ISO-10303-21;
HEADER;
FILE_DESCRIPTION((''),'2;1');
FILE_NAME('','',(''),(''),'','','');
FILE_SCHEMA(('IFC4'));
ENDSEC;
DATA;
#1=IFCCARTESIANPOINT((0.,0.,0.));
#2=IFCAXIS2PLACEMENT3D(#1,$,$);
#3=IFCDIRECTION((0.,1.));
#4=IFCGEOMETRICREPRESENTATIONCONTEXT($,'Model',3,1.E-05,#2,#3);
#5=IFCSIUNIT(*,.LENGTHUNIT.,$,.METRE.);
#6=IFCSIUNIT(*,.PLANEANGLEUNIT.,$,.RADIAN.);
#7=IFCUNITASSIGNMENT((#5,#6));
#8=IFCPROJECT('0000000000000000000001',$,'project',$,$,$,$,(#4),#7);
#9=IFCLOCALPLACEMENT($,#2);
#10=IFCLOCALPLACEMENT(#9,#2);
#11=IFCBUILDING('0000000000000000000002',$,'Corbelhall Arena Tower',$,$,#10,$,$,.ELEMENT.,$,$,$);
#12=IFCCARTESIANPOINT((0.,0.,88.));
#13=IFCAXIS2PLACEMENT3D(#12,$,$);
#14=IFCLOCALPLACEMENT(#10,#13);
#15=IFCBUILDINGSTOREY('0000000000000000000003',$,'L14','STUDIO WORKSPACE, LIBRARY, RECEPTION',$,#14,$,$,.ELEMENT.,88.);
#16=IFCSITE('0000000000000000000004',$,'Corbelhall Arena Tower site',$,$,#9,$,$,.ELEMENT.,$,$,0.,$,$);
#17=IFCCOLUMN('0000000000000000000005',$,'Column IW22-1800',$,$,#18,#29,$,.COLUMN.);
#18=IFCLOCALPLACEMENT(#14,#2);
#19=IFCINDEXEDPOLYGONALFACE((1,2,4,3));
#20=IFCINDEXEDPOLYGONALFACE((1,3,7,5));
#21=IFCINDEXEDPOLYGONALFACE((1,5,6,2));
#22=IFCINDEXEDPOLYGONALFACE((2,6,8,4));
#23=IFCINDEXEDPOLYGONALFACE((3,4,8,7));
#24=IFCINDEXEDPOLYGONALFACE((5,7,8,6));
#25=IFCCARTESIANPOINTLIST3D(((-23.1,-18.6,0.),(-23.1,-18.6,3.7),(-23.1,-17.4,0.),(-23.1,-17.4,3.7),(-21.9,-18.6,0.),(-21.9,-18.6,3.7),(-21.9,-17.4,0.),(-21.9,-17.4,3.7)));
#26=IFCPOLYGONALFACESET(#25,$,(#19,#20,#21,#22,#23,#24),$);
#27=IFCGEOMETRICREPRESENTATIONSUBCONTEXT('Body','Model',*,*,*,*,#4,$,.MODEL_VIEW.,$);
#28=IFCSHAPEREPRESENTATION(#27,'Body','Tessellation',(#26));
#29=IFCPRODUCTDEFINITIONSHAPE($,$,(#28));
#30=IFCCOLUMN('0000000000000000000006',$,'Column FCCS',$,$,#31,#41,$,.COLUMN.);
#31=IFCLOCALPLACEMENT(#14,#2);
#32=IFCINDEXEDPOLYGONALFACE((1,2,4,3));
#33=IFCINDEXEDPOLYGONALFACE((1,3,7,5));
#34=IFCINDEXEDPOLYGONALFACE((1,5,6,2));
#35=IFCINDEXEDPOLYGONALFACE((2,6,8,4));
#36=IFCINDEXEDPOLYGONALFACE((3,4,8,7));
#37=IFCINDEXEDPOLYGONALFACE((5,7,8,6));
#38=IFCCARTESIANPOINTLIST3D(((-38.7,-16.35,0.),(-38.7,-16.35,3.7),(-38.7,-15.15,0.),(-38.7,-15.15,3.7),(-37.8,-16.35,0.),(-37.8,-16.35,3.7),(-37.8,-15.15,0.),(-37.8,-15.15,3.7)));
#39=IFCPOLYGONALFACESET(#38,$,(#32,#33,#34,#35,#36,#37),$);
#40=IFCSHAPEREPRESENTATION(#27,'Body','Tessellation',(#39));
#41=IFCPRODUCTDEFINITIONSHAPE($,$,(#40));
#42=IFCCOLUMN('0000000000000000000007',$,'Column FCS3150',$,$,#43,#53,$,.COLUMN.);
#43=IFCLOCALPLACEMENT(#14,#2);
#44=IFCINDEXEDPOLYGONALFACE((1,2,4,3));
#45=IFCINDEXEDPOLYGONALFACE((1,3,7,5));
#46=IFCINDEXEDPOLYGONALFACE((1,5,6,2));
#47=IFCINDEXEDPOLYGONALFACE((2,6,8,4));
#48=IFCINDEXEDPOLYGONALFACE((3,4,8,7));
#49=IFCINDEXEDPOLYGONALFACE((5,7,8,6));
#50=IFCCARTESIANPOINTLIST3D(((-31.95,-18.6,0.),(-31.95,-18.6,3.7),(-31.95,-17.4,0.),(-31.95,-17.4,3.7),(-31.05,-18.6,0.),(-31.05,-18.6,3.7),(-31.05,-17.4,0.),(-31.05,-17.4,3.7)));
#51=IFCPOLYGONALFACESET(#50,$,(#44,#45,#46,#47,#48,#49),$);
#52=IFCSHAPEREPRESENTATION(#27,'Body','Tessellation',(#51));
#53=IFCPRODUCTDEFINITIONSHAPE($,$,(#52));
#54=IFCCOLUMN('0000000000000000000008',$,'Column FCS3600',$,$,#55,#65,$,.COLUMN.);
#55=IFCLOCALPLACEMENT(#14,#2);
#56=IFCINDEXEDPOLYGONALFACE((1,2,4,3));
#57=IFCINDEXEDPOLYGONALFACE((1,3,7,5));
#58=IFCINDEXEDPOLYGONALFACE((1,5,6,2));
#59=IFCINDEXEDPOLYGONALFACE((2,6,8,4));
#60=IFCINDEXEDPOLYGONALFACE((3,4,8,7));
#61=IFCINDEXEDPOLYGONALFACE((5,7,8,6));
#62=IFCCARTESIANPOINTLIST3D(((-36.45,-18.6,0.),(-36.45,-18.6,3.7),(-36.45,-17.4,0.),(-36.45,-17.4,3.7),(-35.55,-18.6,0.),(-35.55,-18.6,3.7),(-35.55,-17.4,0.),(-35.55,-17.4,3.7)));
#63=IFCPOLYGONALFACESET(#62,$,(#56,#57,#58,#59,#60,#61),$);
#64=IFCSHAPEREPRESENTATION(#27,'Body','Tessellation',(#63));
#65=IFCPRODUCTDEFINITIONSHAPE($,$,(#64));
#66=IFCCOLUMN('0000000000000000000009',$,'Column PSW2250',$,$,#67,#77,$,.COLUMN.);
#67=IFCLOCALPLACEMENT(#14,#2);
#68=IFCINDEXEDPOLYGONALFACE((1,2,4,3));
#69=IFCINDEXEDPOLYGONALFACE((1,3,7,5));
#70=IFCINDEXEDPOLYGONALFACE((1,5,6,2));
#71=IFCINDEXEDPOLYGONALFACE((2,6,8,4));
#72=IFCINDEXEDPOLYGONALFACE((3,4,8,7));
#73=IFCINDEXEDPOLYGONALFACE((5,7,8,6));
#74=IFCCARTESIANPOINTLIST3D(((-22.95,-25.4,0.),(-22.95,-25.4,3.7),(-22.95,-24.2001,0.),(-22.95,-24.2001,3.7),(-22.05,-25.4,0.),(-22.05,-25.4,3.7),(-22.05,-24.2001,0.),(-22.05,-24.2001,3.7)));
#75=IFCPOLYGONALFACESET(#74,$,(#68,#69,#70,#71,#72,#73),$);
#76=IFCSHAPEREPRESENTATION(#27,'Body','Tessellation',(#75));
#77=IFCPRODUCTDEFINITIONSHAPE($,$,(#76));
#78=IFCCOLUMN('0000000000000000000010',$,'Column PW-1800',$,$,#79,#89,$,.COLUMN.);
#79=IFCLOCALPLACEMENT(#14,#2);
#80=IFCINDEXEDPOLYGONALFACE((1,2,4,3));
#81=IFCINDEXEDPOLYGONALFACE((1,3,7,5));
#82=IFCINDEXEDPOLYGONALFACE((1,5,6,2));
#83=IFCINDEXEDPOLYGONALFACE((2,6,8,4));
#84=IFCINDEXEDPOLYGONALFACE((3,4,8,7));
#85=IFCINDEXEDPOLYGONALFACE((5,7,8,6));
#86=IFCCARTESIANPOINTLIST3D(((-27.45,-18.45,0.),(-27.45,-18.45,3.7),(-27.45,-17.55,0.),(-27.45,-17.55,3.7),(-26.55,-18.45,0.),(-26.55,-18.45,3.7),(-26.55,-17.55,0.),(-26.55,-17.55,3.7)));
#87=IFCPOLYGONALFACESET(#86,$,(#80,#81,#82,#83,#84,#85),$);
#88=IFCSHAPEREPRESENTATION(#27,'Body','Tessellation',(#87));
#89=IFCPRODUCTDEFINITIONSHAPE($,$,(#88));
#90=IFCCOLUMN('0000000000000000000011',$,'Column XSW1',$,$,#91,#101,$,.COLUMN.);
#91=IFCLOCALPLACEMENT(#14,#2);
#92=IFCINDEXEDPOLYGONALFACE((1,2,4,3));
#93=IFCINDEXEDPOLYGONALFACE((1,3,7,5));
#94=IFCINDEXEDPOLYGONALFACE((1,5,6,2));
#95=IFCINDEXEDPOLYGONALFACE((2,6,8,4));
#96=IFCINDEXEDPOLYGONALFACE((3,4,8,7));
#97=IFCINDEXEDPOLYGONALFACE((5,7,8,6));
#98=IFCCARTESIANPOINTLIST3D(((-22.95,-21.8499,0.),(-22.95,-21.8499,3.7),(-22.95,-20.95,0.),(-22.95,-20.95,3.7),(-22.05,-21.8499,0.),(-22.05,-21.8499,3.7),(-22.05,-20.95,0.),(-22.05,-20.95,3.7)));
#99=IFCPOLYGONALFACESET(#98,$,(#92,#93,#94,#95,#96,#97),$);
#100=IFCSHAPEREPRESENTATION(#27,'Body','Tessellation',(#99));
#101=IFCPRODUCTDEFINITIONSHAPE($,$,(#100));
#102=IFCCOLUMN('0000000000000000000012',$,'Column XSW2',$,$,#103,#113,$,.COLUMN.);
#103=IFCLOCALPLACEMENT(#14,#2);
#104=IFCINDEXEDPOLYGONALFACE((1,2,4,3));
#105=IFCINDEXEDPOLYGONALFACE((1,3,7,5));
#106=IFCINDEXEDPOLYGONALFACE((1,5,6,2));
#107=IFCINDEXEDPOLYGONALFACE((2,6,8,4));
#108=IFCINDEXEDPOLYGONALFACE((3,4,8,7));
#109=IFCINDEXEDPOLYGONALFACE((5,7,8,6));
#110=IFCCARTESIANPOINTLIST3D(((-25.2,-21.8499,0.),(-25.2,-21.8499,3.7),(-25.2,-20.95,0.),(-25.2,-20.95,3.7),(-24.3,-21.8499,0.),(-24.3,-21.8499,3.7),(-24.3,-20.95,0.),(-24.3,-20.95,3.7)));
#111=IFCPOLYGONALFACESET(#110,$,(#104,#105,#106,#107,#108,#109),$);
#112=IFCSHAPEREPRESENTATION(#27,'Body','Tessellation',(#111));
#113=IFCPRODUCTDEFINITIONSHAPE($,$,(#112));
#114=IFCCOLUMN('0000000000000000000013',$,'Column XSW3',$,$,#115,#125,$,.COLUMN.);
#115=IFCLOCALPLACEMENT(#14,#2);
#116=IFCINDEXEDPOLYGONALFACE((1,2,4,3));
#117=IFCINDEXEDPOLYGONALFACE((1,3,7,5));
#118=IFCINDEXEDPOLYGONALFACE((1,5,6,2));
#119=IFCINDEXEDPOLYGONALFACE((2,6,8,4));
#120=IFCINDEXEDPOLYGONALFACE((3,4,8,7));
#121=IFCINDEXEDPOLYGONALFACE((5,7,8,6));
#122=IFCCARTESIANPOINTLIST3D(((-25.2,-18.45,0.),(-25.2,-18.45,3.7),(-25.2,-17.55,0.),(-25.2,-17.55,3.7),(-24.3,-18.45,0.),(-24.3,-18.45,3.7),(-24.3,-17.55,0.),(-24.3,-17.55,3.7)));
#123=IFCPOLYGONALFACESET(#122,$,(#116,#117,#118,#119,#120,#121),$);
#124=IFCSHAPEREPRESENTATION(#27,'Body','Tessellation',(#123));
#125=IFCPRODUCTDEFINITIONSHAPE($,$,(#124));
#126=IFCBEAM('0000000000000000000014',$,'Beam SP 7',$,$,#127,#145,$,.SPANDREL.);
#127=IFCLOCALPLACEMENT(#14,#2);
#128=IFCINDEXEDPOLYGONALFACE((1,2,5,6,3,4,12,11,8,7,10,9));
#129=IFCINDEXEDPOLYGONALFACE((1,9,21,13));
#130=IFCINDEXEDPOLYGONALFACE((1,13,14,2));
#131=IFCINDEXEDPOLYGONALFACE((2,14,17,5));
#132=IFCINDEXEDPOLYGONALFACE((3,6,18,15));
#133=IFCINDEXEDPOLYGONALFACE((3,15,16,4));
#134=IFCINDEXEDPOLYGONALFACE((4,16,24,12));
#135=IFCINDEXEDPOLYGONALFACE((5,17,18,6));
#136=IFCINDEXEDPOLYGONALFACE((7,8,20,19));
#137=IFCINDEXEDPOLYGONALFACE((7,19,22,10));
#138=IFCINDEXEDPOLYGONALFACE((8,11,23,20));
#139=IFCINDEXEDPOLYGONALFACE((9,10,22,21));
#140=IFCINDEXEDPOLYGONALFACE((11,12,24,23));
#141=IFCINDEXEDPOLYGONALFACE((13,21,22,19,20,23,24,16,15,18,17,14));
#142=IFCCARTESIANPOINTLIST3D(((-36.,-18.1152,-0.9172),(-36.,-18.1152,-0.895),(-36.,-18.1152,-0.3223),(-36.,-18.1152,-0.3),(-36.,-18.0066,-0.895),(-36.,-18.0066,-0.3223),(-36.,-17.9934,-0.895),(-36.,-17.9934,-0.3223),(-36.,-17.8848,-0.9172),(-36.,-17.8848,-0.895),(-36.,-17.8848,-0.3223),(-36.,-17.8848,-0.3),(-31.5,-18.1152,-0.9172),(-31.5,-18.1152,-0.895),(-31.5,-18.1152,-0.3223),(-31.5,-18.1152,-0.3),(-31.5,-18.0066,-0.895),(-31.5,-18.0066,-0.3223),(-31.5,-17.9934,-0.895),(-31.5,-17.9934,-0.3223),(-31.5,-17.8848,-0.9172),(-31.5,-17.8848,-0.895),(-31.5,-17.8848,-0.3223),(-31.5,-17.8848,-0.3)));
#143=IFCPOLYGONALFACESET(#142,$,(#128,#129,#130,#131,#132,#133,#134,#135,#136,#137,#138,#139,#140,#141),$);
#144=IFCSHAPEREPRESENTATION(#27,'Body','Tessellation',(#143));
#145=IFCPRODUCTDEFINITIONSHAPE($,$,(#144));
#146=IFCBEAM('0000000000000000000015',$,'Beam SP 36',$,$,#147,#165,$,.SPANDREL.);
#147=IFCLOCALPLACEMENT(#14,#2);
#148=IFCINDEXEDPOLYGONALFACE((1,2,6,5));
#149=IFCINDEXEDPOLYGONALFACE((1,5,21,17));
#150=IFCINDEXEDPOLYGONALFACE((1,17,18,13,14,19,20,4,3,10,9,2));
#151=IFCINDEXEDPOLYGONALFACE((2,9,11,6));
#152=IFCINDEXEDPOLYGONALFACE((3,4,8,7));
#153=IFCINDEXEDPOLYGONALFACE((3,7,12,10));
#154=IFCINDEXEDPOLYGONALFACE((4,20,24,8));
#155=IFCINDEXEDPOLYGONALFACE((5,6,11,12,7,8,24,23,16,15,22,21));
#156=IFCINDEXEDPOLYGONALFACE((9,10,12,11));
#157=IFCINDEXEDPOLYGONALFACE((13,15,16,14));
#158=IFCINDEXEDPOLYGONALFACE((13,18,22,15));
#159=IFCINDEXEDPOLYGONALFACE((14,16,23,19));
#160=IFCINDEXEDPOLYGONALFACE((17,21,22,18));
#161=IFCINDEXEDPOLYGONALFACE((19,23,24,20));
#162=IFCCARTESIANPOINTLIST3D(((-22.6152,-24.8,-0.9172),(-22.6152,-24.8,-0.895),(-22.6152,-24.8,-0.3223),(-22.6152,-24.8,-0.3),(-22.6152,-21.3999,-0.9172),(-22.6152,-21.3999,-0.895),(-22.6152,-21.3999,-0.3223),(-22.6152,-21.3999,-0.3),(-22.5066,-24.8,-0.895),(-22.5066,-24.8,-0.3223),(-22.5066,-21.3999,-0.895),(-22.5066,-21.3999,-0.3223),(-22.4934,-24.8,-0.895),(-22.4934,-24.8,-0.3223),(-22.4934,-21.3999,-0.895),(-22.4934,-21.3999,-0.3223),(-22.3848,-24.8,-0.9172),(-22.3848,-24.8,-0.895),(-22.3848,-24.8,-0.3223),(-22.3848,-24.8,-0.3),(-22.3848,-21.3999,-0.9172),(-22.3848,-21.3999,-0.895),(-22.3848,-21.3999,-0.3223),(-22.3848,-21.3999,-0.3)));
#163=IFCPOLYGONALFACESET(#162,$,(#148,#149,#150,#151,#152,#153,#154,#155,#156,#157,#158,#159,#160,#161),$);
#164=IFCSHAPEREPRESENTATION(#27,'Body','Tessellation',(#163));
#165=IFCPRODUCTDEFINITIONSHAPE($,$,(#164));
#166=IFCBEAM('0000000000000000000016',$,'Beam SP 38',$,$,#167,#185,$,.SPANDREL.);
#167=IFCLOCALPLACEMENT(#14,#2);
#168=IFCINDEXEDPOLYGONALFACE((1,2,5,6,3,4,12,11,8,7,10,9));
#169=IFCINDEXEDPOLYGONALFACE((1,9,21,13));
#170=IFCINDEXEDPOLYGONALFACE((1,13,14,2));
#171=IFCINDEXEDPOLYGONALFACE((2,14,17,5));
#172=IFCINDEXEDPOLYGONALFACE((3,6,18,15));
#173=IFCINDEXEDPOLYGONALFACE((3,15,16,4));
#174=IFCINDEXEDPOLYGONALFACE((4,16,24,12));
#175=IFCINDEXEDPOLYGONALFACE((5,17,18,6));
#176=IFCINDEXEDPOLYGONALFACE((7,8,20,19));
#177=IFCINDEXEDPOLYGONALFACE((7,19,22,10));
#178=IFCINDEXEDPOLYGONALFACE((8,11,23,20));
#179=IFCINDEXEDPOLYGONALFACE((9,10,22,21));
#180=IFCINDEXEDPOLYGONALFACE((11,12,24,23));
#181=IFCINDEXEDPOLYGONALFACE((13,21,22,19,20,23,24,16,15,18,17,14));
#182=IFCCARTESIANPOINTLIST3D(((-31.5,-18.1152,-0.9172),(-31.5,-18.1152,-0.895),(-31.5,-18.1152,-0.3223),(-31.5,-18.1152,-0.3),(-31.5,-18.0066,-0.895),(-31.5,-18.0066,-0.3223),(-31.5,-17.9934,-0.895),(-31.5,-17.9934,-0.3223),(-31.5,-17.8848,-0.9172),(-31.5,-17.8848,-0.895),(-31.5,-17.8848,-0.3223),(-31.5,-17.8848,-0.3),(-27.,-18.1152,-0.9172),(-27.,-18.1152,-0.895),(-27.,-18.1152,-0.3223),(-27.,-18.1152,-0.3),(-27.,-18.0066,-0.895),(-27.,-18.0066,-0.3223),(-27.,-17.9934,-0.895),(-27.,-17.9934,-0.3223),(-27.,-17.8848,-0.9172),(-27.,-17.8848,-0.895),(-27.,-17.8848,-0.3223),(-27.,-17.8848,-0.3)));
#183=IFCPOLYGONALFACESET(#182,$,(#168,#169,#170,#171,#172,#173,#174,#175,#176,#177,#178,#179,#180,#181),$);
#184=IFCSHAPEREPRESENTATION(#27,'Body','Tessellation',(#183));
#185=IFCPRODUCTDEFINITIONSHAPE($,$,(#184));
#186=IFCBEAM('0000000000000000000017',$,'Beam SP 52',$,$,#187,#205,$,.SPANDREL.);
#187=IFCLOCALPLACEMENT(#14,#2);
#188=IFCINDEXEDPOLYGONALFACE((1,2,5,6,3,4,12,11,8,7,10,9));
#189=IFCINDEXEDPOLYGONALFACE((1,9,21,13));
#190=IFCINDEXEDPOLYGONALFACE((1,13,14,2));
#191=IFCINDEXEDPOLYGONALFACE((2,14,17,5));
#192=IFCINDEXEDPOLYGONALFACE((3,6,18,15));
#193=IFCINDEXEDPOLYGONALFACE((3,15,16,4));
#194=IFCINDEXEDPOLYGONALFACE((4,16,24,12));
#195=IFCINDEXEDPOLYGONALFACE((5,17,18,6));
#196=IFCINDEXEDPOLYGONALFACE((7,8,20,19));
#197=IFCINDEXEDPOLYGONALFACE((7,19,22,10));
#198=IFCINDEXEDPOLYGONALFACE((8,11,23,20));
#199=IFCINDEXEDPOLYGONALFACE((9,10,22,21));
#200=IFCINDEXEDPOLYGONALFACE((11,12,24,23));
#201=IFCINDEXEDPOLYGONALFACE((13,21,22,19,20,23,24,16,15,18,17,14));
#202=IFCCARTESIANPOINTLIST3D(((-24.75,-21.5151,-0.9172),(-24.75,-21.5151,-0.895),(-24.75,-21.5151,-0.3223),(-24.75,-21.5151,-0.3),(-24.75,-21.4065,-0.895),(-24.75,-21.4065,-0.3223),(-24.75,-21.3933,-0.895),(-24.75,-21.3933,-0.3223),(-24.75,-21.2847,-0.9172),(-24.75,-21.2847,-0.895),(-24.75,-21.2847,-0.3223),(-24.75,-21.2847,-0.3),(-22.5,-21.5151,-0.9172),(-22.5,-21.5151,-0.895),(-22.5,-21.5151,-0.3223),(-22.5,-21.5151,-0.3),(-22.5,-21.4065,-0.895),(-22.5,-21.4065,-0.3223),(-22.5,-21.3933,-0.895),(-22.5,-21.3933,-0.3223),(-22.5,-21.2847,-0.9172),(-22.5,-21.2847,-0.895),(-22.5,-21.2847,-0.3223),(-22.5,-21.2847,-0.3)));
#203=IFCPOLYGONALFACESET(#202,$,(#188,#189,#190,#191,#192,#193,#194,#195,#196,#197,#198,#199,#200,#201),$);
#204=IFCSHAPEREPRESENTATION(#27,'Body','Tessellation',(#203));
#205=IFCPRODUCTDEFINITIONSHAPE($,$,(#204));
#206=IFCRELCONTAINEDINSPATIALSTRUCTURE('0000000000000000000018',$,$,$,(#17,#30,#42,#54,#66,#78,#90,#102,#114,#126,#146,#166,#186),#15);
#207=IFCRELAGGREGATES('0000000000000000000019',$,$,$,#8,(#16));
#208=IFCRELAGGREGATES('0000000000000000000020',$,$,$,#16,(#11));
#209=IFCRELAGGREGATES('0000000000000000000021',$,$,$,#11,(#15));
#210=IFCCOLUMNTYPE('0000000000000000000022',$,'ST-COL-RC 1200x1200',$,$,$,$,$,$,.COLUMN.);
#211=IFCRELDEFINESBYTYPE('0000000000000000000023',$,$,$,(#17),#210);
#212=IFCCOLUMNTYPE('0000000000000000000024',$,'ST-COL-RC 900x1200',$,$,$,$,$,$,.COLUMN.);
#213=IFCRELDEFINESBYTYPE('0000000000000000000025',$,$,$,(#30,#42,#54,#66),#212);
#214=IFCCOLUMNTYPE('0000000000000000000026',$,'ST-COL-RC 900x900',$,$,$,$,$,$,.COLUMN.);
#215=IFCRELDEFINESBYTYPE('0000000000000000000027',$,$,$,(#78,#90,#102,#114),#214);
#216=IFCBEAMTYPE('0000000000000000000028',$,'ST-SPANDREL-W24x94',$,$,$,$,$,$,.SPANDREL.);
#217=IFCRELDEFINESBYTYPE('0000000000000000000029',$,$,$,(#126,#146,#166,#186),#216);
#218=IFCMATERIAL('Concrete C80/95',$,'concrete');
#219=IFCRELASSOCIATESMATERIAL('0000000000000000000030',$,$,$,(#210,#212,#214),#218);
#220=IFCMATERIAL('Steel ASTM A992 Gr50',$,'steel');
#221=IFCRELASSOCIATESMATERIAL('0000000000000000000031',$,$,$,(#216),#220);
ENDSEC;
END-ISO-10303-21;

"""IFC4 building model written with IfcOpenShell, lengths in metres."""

from ifc_helpers import new_model, si_unit, direction, frame, origin, origin_2d, place, context, subcontext, project, spatial, rectangle, i_section, extrude, material, material_profile, profile_set, type_object, element, save


model = new_model("IFC4")

# Units and contexts
model_context = context("Model", 3, precision=1e-05, world=origin(), true_north=direction((0.0, 1.0)))
body_context = subcontext(model_context, "Body", "Model", "MODEL_VIEW")
ifc_project = project(units=[si_unit("LENGTHUNIT", "METRE"), si_unit("PLANEANGLEUNIT", "RADIAN")], contexts=[model_context])

# Site, building, storey
site_placement = place(None, origin())
site = spatial("IfcSite", under=ifc_project, at=site_placement, Name="Corbelhall Arena Tower site", CompositionType="ELEMENT", RefElevation=0.0)
building_placement = place(site_placement, origin())
building = spatial("IfcBuilding", under=site, at=building_placement, Name="Corbelhall Arena Tower", CompositionType="ELEMENT")
storey_placement = place(building_placement, frame((0.0, 0.0, 88.0)))
storey = spatial("IfcBuildingStorey", under=building, at=storey_placement, Name="L14", Description="STUDIO WORKSPACE, LIBRARY, RECEPTION", CompositionType="ELEMENT", Elevation=88.0)

# Columns
ifc_material_1 = material(Name="Concrete C80/95", Category="concrete")
ifc_material_profile_1 = material_profile(ifc_material_1, rectangle(XDim=1.2, YDim=1.2, at=origin_2d()))
ifc_profile_set_1 = profile_set([ifc_material_profile_1], Name="Concrete C80/95")
column_type_1 = type_object("IfcColumnType", Name="ST-COL-RC 1200x1200", PredefinedType="COLUMN", material=ifc_profile_set_1)
column_placement = place(storey_placement, frame((-22.5, -18.0, 0.0), z_axis=(0.0, 0.0, 1.0), x_axis=(1.0, 0.0, 0.0)))
element("IfcColumn", 1, at=column_placement, inside=storey, type_object=column_type_1, Name="Column IW22-1800", PredefinedType="COLUMN", context=body_context, shape_type="SweptSolid", body=[
    extrude(rectangle(XDim=1.2, YDim=1.2, at=origin_2d()), origin(), (0.0, 0.0, 1.0), 3.7),
])
ifc_material_profile_2 = material_profile(ifc_material_1, rectangle(XDim=0.8999, YDim=1.2, at=origin_2d()))
ifc_profile_set_2 = profile_set([ifc_material_profile_2], Name="Concrete C80/95")
column_type_2 = type_object("IfcColumnType", Name="ST-COL-RC 900x1200", PredefinedType="COLUMN", material=ifc_profile_set_2)
for number, where, z_axis, x_axis, name in (
    (2, (-38.25, -15.75, 0.0), (0.0, 0.0, 1.0), (1.0, 0.0, 0.0), "Column FCCS"),
    (3, (-31.5, -18.0, 0.0), (0.0, 0.0, 1.0), (1.0, 0.0, 0.0), "Column FCS3150"),
    (4, (-36.0, -18.0, 0.0), (0.0, 0.0, 1.0), (1.0, 0.0, 0.0), "Column FCS3600"),
    (5, (-22.5, -24.8, 0.0), (0.0, 0.0, 1.0), (1.0, 0.0, 0.0), "Column PSW2250"),
):
    element("IfcColumn", number, at=place(storey_placement, frame(where, z_axis=z_axis, x_axis=x_axis)), inside=storey, type_object=column_type_2, Name=name, PredefinedType="COLUMN", context=body_context, shape_type="SweptSolid", body=[
        extrude(rectangle(XDim=0.8999, YDim=1.2, at=origin_2d()), origin(), (0.0, 0.0, 1.0), 3.7),
    ])
ifc_material_profile_3 = material_profile(ifc_material_1, rectangle(XDim=0.8999, YDim=0.8999, at=origin_2d()))
ifc_profile_set_3 = profile_set([ifc_material_profile_3], Name="Concrete C80/95")
column_type_3 = type_object("IfcColumnType", Name="ST-COL-RC 900x900", PredefinedType="COLUMN", material=ifc_profile_set_3)
for number, where, z_axis, x_axis, name in (
    (6, (-27.0, -18.0, 0.0), (0.0, 0.0, 1.0), (1.0, 0.0, 0.0), "Column PW-1800"),
    (7, (-22.5, -21.3999, 0.0), (0.0, 0.0, 1.0), (1.0, 0.0, 0.0), "Column XSW1"),
    (8, (-24.75, -21.3999, 0.0), (0.0, 0.0, 1.0), (1.0, 0.0, 0.0), "Column XSW2"),
    (9, (-24.75, -18.0, 0.0), (0.0, 0.0, 1.0), (1.0, 0.0, 0.0), "Column XSW3"),
):
    element("IfcColumn", number, at=place(storey_placement, frame(where, z_axis=z_axis, x_axis=x_axis)), inside=storey, type_object=column_type_3, Name=name, PredefinedType="COLUMN", context=body_context, shape_type="SweptSolid", body=[
        extrude(rectangle(XDim=0.8999, YDim=0.8999, at=origin_2d()), origin(), (0.0, 0.0, 1.0), 3.7),
    ])

# Beams
ifc_material_2 = material(Name="Steel ASTM A992 Gr50", Category="steel")
ifc_material_profile_4 = material_profile(ifc_material_2, i_section(OverallWidth=0.2305, OverallDepth=0.6172, WebThickness=0.0132, FlangeThickness=0.0222, at=origin_2d()))
ifc_profile_set_4 = profile_set([ifc_material_profile_4], Name="Steel ASTM A992 Gr50")
beam_type = type_object("IfcBeamType", Name="ST-SPANDREL-W24x94", PredefinedType="SPANDREL", material=ifc_profile_set_4)
beam_1_placement = place(storey_placement, frame((-31.5, -18.0, -0.6086), z_axis=(-1.0, 0.0, 0.0), x_axis=(0.0, -1.0, 0.0)))
element("IfcBeam", 10, at=beam_1_placement, inside=storey, type_object=beam_type, Name="Beam SP 7", PredefinedType="SPANDREL", context=body_context, shape_type="SweptSolid", body=[
    extrude(i_section(OverallWidth=0.2305, OverallDepth=0.6172, WebThickness=0.0132, FlangeThickness=0.0222, at=origin_2d()), origin(), (0.0, 0.0, 1.0), 4.5),
])
beam_2_placement = place(storey_placement, frame((-22.5, -24.8, -0.6086), z_axis=(0.0, 1.0, 0.0), x_axis=(-1.0, 0.0, 0.0)))
element("IfcBeam", 11, at=beam_2_placement, inside=storey, type_object=beam_type, Name="Beam SP 36", PredefinedType="SPANDREL", context=body_context, shape_type="SweptSolid", body=[
    extrude(i_section(OverallWidth=0.2305, OverallDepth=0.6172, WebThickness=0.0132, FlangeThickness=0.0222, at=origin_2d()), origin(), (0.0, 0.0, 1.0), 3.4001),
])
beam_3_placement = place(storey_placement, frame((-27.0, -18.0, -0.6086), z_axis=(-1.0, 0.0, 0.0), x_axis=(0.0, -1.0, 0.0)))
element("IfcBeam", 12, at=beam_3_placement, inside=storey, type_object=beam_type, Name="Beam SP 38", PredefinedType="SPANDREL", context=body_context, shape_type="SweptSolid", body=[
    extrude(i_section(OverallWidth=0.2305, OverallDepth=0.6172, WebThickness=0.0132, FlangeThickness=0.0222, at=origin_2d()), origin(), (0.0, 0.0, 1.0), 4.5),
])
beam_4_placement = place(storey_placement, frame((-22.5, -21.3999, -0.6086), z_axis=(-1.0, 0.0, 0.0), x_axis=(0.0, -1.0, 0.0)))
element("IfcBeam", 13, at=beam_4_placement, inside=storey, type_object=beam_type, Name="Beam SP 52", PredefinedType="SPANDREL", context=body_context, shape_type="SweptSolid", body=[
    extrude(i_section(OverallWidth=0.2305, OverallDepth=0.6172, WebThickness=0.0132, FlangeThickness=0.0222, at=origin_2d()), origin(), (0.0, 0.0, 1.0), 2.25),
])

save(model, "model.ifc")
